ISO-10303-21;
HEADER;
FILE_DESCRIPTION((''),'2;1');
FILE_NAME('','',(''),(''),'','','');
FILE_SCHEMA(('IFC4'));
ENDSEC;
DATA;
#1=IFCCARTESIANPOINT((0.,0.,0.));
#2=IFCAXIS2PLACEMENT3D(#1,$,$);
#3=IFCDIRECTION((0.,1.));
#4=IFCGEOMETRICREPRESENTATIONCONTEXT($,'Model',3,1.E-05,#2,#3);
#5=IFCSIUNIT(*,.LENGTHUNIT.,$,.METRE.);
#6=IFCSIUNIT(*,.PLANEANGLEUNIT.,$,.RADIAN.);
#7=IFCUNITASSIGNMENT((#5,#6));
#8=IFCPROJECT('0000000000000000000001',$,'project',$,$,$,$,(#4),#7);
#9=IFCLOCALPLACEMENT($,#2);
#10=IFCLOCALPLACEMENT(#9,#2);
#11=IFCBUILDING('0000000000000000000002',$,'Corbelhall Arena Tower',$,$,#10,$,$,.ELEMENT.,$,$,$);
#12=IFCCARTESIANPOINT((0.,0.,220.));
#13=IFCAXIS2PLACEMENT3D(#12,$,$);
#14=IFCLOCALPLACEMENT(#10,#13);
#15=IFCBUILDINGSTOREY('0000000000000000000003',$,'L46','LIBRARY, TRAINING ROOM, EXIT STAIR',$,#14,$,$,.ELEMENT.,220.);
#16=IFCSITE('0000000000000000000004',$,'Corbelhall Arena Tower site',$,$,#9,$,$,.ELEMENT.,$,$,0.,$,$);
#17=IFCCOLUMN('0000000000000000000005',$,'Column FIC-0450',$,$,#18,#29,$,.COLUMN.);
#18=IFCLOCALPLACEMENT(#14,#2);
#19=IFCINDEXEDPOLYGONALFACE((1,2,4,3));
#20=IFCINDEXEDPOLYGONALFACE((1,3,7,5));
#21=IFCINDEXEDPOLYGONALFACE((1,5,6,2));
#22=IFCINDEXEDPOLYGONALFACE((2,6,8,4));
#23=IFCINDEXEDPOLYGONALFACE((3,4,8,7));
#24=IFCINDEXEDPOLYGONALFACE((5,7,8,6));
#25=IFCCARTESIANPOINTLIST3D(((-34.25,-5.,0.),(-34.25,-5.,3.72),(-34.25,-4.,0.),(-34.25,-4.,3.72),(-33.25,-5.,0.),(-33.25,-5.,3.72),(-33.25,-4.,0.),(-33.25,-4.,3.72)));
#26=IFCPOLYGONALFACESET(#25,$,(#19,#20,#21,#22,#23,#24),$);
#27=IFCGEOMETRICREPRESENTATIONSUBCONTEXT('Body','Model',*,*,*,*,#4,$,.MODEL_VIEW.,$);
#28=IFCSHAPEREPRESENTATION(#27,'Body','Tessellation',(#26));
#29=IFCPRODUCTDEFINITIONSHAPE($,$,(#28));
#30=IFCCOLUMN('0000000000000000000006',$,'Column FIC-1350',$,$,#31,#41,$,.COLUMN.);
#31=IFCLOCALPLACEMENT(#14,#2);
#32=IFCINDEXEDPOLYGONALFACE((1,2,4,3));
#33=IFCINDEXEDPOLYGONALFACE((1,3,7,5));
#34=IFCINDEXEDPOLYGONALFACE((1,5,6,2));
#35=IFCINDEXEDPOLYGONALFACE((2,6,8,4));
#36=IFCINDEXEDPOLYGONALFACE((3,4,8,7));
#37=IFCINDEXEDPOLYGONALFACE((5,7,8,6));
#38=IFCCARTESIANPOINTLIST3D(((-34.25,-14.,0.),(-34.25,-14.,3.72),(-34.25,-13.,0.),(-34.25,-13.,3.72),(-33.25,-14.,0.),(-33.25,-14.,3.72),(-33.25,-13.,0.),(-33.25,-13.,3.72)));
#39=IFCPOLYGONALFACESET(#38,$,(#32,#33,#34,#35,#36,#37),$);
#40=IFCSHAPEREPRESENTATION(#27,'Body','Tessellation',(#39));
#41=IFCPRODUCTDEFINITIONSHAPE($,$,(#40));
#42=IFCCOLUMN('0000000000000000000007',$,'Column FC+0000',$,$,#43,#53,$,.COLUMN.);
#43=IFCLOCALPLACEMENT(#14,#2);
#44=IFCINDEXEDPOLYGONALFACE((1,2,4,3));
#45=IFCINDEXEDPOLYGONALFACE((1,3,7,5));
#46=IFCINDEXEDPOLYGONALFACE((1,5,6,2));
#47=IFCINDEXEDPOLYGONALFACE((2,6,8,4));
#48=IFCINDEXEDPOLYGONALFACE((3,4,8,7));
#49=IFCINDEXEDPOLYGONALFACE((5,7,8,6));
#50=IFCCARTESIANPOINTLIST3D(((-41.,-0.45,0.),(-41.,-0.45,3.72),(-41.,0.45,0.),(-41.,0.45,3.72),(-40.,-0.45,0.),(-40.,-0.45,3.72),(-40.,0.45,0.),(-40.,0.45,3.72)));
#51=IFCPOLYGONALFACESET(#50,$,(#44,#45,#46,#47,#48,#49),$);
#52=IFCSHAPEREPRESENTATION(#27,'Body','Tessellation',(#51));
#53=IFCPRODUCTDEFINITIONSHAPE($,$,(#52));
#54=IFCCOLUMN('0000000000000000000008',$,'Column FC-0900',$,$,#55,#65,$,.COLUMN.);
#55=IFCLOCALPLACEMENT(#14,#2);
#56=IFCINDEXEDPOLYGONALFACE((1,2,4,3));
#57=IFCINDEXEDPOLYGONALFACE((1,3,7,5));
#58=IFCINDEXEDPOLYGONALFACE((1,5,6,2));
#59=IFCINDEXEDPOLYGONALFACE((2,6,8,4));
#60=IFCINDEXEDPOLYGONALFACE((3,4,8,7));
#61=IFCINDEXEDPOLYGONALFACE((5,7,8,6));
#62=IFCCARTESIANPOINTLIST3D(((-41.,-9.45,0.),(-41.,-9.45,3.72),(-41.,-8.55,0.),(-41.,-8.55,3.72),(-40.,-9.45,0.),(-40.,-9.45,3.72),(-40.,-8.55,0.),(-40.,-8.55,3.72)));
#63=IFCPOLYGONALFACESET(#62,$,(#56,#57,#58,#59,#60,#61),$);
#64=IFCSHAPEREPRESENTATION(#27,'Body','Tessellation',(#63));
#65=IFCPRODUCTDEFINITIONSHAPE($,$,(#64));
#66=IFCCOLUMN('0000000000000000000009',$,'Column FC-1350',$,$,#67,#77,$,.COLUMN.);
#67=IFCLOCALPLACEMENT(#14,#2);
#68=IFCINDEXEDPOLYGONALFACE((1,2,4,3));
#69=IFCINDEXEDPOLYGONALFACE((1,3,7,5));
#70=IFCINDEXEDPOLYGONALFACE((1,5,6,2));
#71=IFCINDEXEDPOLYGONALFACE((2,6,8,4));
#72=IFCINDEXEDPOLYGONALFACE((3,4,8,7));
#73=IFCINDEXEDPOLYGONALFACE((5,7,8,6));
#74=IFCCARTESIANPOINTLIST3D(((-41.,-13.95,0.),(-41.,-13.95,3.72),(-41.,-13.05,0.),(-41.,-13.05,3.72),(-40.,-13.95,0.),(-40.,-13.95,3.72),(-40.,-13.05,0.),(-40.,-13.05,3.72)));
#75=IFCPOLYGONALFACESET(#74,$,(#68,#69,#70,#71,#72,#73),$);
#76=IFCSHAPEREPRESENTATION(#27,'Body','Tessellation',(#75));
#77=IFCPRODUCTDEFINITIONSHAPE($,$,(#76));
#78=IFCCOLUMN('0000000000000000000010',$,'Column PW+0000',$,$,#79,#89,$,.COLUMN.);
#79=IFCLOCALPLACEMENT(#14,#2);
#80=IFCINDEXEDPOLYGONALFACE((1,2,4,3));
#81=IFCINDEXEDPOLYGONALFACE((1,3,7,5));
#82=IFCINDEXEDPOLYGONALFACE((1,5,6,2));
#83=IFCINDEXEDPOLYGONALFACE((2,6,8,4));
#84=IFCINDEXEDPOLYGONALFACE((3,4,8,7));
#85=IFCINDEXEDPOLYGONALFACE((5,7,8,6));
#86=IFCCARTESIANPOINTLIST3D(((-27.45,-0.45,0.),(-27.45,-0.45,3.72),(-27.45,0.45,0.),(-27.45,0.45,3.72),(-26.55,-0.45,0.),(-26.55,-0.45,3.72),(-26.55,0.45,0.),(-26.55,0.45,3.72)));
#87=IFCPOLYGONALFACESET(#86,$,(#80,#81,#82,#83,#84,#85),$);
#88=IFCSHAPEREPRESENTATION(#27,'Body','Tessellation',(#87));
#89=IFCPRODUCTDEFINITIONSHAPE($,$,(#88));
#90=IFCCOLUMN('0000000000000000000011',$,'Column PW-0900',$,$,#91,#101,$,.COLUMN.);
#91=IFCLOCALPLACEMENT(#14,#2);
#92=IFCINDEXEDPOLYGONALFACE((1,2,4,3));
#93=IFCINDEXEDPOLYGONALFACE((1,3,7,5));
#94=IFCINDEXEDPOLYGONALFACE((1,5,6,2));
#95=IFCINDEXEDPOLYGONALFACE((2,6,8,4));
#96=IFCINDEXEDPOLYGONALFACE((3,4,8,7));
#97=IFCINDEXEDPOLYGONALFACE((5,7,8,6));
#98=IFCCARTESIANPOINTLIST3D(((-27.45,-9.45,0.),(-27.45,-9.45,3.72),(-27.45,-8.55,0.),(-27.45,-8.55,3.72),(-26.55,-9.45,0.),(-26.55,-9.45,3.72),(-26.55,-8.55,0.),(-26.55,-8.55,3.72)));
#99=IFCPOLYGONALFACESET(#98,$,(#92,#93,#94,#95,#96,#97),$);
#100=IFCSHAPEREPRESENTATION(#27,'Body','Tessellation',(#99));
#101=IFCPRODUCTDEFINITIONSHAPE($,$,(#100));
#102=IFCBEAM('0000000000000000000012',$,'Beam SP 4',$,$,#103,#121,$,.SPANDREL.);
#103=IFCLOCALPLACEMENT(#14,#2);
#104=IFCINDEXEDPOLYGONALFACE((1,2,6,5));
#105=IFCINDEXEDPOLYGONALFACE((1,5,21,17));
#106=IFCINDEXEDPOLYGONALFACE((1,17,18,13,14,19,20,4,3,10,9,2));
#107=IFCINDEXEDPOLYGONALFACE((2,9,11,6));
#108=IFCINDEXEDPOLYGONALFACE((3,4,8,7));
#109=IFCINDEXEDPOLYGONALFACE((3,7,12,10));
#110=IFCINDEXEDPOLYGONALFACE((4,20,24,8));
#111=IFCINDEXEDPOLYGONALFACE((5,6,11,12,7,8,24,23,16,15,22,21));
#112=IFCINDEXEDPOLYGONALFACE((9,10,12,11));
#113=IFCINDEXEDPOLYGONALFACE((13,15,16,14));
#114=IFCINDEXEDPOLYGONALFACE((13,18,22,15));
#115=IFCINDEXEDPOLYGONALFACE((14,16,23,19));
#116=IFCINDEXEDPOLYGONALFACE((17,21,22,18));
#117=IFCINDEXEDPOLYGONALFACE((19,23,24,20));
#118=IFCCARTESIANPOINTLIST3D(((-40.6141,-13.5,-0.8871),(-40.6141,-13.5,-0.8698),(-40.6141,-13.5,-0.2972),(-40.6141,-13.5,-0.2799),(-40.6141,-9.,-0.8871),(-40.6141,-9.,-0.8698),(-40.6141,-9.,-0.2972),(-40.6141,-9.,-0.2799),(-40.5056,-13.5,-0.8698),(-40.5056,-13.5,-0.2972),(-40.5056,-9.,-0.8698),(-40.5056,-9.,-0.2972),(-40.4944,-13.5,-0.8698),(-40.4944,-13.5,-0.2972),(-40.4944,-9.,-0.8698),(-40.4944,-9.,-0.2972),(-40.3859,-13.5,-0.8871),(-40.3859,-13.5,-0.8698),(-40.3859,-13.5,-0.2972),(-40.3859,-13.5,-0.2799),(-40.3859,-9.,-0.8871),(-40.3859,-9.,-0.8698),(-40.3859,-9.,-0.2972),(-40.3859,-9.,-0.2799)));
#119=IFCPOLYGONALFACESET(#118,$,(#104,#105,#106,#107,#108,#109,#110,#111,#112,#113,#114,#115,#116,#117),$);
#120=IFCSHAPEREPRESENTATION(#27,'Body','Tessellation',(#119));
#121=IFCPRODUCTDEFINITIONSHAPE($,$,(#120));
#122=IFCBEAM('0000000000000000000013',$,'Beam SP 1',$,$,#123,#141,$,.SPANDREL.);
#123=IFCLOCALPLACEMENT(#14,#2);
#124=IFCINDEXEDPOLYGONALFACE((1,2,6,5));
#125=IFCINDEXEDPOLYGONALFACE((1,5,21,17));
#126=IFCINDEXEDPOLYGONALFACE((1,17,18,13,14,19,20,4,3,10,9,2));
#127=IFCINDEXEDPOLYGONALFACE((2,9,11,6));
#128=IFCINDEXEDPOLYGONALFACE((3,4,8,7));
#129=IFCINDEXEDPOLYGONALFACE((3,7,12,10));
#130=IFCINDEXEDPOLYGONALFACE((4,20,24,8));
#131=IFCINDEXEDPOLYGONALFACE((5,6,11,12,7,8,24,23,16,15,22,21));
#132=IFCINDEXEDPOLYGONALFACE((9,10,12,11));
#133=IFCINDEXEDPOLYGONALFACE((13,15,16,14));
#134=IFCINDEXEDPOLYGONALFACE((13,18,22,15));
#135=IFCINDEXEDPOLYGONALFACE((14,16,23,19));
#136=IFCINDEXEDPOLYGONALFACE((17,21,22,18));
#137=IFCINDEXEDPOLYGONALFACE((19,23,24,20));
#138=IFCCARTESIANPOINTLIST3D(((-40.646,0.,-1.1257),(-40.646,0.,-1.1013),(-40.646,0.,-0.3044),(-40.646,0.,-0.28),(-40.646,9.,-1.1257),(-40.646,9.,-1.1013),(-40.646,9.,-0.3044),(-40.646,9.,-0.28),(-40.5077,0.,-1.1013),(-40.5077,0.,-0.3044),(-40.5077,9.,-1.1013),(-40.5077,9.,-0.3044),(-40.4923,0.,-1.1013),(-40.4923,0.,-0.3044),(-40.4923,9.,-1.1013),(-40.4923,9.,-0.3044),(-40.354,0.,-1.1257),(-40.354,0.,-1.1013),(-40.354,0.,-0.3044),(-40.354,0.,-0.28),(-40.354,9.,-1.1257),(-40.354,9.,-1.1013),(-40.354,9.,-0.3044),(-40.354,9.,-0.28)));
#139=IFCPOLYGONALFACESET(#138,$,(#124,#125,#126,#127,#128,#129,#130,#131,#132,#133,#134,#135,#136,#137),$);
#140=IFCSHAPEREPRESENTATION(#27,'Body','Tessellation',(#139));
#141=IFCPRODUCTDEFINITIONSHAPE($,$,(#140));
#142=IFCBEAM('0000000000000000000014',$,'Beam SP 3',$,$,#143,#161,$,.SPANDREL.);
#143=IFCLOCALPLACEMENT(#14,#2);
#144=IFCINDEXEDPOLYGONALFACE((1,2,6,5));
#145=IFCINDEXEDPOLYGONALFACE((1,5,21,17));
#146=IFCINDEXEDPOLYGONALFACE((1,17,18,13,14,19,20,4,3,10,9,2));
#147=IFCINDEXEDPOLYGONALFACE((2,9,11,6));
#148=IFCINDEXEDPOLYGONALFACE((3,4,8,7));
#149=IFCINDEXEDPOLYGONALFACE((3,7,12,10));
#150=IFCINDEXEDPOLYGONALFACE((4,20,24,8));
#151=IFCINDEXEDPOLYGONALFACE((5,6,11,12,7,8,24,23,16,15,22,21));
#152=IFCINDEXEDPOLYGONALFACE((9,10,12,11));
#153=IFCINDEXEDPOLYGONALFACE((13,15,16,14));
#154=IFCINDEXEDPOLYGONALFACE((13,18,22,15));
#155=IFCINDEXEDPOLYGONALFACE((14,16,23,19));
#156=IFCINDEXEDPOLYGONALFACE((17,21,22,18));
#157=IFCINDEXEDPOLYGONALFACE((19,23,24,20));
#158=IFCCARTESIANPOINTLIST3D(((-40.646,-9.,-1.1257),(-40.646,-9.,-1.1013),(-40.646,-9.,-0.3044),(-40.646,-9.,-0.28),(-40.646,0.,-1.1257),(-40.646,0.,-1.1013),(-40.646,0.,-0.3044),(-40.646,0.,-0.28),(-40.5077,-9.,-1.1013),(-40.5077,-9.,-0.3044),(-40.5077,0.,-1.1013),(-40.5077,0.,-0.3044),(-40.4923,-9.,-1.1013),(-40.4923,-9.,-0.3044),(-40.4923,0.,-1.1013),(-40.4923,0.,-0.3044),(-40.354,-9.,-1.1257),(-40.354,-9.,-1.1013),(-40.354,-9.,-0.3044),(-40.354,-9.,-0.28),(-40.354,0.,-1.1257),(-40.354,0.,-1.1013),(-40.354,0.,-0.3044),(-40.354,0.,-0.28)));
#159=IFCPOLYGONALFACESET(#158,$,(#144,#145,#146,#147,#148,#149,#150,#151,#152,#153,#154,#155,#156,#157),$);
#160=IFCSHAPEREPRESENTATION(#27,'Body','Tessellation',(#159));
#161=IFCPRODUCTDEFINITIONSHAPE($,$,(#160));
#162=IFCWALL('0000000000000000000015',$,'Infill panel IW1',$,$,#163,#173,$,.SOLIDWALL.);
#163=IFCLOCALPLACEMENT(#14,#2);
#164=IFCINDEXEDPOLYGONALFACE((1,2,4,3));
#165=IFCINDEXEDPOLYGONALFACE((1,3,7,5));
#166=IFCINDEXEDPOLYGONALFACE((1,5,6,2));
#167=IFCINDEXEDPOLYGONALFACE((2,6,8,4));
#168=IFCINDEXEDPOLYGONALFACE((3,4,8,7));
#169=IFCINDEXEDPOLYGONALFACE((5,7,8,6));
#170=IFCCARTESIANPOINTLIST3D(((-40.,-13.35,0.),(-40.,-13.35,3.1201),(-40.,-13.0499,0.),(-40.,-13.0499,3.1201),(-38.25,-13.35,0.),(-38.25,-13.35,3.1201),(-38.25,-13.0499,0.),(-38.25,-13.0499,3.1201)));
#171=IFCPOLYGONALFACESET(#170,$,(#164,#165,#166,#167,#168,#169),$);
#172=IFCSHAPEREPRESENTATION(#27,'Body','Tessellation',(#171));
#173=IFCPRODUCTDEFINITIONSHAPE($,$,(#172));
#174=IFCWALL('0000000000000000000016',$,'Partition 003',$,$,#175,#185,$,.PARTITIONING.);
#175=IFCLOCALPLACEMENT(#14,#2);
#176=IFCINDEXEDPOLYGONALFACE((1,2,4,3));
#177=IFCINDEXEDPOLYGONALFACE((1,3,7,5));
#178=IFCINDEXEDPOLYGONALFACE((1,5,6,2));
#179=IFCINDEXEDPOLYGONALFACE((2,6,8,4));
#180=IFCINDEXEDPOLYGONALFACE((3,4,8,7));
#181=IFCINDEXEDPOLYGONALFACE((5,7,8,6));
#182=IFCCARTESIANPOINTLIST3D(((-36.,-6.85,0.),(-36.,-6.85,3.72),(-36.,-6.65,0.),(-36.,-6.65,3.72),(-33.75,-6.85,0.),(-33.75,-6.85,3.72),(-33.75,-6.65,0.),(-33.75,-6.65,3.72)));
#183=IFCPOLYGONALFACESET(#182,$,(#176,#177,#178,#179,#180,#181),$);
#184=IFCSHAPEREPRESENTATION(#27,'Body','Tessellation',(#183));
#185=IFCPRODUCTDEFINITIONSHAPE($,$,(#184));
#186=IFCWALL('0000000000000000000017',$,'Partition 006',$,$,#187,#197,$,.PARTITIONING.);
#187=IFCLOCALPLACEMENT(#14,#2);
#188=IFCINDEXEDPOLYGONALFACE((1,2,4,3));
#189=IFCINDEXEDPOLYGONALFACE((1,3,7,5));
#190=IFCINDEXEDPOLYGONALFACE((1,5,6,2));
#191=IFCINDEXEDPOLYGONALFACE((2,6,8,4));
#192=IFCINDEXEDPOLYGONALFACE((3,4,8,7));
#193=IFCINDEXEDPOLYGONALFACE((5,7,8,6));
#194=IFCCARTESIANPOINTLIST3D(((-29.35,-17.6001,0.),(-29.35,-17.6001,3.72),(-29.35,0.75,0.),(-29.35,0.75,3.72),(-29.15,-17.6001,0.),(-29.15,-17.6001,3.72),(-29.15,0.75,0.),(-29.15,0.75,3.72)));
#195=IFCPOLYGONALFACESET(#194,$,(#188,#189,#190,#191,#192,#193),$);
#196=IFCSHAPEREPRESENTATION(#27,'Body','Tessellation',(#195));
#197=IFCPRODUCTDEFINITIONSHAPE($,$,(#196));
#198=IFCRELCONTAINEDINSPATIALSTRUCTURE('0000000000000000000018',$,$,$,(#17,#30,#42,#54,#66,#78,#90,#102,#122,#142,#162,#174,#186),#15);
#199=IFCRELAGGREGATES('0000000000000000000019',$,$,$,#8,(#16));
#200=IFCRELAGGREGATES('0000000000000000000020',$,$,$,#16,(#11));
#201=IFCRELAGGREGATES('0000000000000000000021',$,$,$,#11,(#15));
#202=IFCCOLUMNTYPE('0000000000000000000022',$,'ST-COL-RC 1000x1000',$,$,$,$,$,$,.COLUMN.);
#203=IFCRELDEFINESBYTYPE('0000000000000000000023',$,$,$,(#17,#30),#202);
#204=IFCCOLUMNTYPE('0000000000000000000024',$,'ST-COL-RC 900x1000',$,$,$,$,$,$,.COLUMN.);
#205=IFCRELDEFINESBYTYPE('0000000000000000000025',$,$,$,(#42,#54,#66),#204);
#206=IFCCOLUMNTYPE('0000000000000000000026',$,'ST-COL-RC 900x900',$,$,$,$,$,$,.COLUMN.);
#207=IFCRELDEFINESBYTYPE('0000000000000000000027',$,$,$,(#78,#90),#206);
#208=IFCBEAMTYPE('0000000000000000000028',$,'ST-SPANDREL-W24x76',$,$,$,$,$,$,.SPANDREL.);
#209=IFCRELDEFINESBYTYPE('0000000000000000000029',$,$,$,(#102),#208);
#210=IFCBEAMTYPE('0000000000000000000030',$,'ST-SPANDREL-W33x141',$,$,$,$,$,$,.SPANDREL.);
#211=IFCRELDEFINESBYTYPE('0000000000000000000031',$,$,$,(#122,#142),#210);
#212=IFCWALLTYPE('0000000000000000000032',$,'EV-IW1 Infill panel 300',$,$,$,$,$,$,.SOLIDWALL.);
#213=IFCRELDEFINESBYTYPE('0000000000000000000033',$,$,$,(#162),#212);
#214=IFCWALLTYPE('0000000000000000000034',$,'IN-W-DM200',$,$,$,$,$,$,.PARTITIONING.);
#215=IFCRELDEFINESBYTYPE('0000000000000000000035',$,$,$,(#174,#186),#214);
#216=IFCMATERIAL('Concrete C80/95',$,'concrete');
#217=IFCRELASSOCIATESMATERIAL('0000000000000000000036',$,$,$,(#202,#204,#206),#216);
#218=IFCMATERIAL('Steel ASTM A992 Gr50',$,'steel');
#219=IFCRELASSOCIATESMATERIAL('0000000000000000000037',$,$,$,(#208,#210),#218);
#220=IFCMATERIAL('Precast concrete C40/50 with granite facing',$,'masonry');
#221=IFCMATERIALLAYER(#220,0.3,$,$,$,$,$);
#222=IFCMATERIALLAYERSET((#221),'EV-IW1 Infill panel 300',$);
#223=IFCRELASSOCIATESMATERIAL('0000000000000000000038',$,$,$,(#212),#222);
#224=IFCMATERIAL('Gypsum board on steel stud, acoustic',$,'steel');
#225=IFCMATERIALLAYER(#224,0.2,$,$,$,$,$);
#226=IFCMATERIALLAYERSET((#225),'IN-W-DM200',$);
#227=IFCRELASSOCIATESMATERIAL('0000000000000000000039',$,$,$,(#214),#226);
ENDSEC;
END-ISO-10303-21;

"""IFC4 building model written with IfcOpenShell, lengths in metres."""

from ifc_helpers import new_model, si_unit, direction, frame, frame_2d, origin, origin_2d, place, context, subcontext, project, spatial, rectangle, i_section, extrude, material, layer, layer_set, material_profile, profile_set, type_object, element, save


model = new_model("IFC4")

# Units and contexts
model_context = context("Model", 3, precision=1e-05, world=origin(), true_north=direction((0.0, 1.0)))
body_context = subcontext(model_context, "Body", "Model", "MODEL_VIEW")
ifc_project = project(units=[si_unit("LENGTHUNIT", "METRE"), si_unit("PLANEANGLEUNIT", "RADIAN")], contexts=[model_context])

# Site, building, storey
site_placement = place(None, origin())
site = spatial("IfcSite", under=ifc_project, at=site_placement, Name="Corbelhall Arena Tower site", CompositionType="ELEMENT", RefElevation=0.0)
building_placement = place(site_placement, origin())
building = spatial("IfcBuilding", under=site, at=building_placement, Name="Corbelhall Arena Tower", CompositionType="ELEMENT")
storey_placement = place(building_placement, frame((0.0, 0.0, 220.0)))
storey = spatial("IfcBuildingStorey", under=building, at=storey_placement, Name="L46", Description="LIBRARY, TRAINING ROOM, EXIT STAIR", CompositionType="ELEMENT", Elevation=220.0)

# Columns
ifc_material_1 = material(Name="Concrete C80/95", Category="concrete")
ifc_material_profile_1 = material_profile(ifc_material_1, rectangle(XDim=1.0, YDim=1.0, at=origin_2d()))
ifc_profile_set_1 = profile_set([ifc_material_profile_1], Name="Concrete C80/95")
column_type_1 = type_object("IfcColumnType", Name="ST-COL-RC 1000x1000", PredefinedType="COLUMN", material=ifc_profile_set_1)
for number, where, z_axis, x_axis, name in (
    (1, (-33.75, -4.5, 0.0), (0.0, 0.0, 1.0), (1.0, 0.0, 0.0), "Column FIC-0450"),
    (2, (-33.75, -13.5, 0.0), (0.0, 0.0, 1.0), (1.0, 0.0, 0.0), "Column FIC-1350"),
):
    element("IfcColumn", number, at=place(storey_placement, frame(where, z_axis=z_axis, x_axis=x_axis)), inside=storey, type_object=column_type_1, Name=name, PredefinedType="COLUMN", context=body_context, shape_type="SweptSolid", body=[
        extrude(rectangle(XDim=1.0, YDim=1.0, at=origin_2d()), origin(), (0.0, 0.0, 1.0), 3.72),
    ])
ifc_material_profile_2 = material_profile(ifc_material_1, rectangle(XDim=0.8999, YDim=1.0, at=origin_2d()))
ifc_profile_set_2 = profile_set([ifc_material_profile_2], Name="Concrete C80/95")
column_type_2 = type_object("IfcColumnType", Name="ST-COL-RC 900x1000", PredefinedType="COLUMN", material=ifc_profile_set_2)
for number, where, z_axis, x_axis, name in (
    (3, (-40.5, 0.0, 0.0), (0.0, 0.0, 1.0), (0.0, 1.0, 0.0), "Column FC+0000"),
    (4, (-40.5, -9.0, 0.0), (0.0, 0.0, 1.0), (0.0, 1.0, 0.0), "Column FC-0900"),
    (5, (-40.5, -13.5, 0.0), (0.0, 0.0, 1.0), (0.0, 1.0, 0.0), "Column FC-1350"),
):
    element("IfcColumn", number, at=place(storey_placement, frame(where, z_axis=z_axis, x_axis=x_axis)), inside=storey, type_object=column_type_2, Name=name, PredefinedType="COLUMN", context=body_context, shape_type="SweptSolid", body=[
        extrude(rectangle(XDim=0.8999, YDim=1.0, at=origin_2d()), origin(), (0.0, 0.0, 1.0), 3.72),
    ])
ifc_material_profile_3 = material_profile(ifc_material_1, rectangle(XDim=0.8999, YDim=0.8999, at=origin_2d()))
ifc_profile_set_3 = profile_set([ifc_material_profile_3], Name="Concrete C80/95")
column_type_3 = type_object("IfcColumnType", Name="ST-COL-RC 900x900", PredefinedType="COLUMN", material=ifc_profile_set_3)
for number, where, z_axis, x_axis, name in (
    (6, (-27.0, 0.0, 0.0), (0.0, 0.0, 1.0), (1.0, 0.0, 0.0), "Column PW+0000"),
    (7, (-27.0, -9.0, 0.0), (0.0, 0.0, 1.0), (1.0, 0.0, 0.0), "Column PW-0900"),
):
    element("IfcColumn", number, at=place(storey_placement, frame(where, z_axis=z_axis, x_axis=x_axis)), inside=storey, type_object=column_type_3, Name=name, PredefinedType="COLUMN", context=body_context, shape_type="SweptSolid", body=[
        extrude(rectangle(XDim=0.8999, YDim=0.8999, at=origin_2d()), origin(), (0.0, 0.0, 1.0), 3.72),
    ])

# Beams
ifc_material_2 = material(Name="Steel ASTM A992 Gr50", Category="steel")
ifc_material_profile_4 = material_profile(ifc_material_2, i_section(OverallWidth=0.2283, OverallDepth=0.6072, WebThickness=0.0112, FlangeThickness=0.0173, at=origin_2d()))
ifc_profile_set_4 = profile_set([ifc_material_profile_4], Name="Steel ASTM A992 Gr50")
beam_type_1 = type_object("IfcBeamType", Name="ST-SPANDREL-W24x76", PredefinedType="SPANDREL", material=ifc_profile_set_4)
beam_placement = place(storey_placement, frame((-40.5, -13.5, -0.5835), z_axis=(0.0, 1.0, 0.0), x_axis=(-1.0, 0.0, 0.0)))
element("IfcBeam", 8, at=beam_placement, inside=storey, type_object=beam_type_1, Name="Beam SP 4", PredefinedType="SPANDREL", context=body_context, shape_type="SweptSolid", body=[
    extrude(i_section(OverallWidth=0.2283, OverallDepth=0.6072, WebThickness=0.0112, FlangeThickness=0.0173, at=origin_2d()), origin(), (0.0, 0.0, 1.0), 4.5),
])
ifc_material_profile_5 = material_profile(ifc_material_2, i_section(OverallWidth=0.292, OverallDepth=0.8457, WebThickness=0.0154, FlangeThickness=0.0244, at=origin_2d()))
ifc_profile_set_5 = profile_set([ifc_material_profile_5], Name="Steel ASTM A992 Gr50")
beam_type_2 = type_object("IfcBeamType", Name="ST-SPANDREL-W33x141", PredefinedType="SPANDREL", material=ifc_profile_set_5)
for number, where, z_axis, x_axis, name in (
    (9, (-40.5, 0.0, -0.7029), (0.0, 1.0, 0.0), (-1.0, 0.0, 0.0), "Beam SP 1"),
    (10, (-40.5, -9.0, -0.7029), (0.0, 1.0, 0.0), (-1.0, 0.0, 0.0), "Beam SP 3"),
):
    element("IfcBeam", number, at=place(storey_placement, frame(where, z_axis=z_axis, x_axis=x_axis)), inside=storey, type_object=beam_type_2, Name=name, PredefinedType="SPANDREL", context=body_context, shape_type="SweptSolid", body=[
        extrude(i_section(OverallWidth=0.292, OverallDepth=0.8457, WebThickness=0.0154, FlangeThickness=0.0244, at=origin_2d()), origin(), (0.0, 0.0, 1.0), 9.0),
    ])

# Wall
ifc_material_3 = material(Name="Precast concrete C40/50 with granite facing", Category="masonry")
ifc_layer_1 = layer(ifc_material_3, 0.3)
ifc_layer_set_1 = layer_set([ifc_layer_1], Name="EV-IW1 Infill panel 300")
wall_type_1 = type_object("IfcWallType", Name="EV-IW1 Infill panel 300", PredefinedType="SOLIDWALL", material=ifc_layer_set_1)
wall_1_placement = place(storey_placement, frame((-40.0, -13.2, 0.0), z_axis=(0.0, 0.0, 1.0), x_axis=(1.0, 0.0, 0.0)))
element("IfcWall", 11, at=wall_1_placement, inside=storey, type_object=wall_type_1, Name="Infill panel IW1", PredefinedType="SOLIDWALL", context=body_context, shape_type="SweptSolid", body=[
    extrude(rectangle(XDim=1.75, YDim=0.3, at=frame_2d((0.875, 0.0))), origin(), (0.0, 0.0, 1.0), 3.1201),
])

# Wall
ifc_material_4 = material(Name="Gypsum board on steel stud, acoustic", Category="steel")
ifc_layer_2 = layer(ifc_material_4, 0.2)
ifc_layer_set_2 = layer_set([ifc_layer_2], Name="IN-W-DM200")
wall_type_2 = type_object("IfcWallType", Name="IN-W-DM200", PredefinedType="PARTITIONING", material=ifc_layer_set_2)
wall_2_placement = place(storey_placement, frame((-33.75, -6.75, 0.0), z_axis=(0.0, 0.0, 1.0), x_axis=(-1.0, 0.0, 0.0)))
element("IfcWall", 12, at=wall_2_placement, inside=storey, type_object=wall_type_2, Name="Partition 003", PredefinedType="PARTITIONING", context=body_context, shape_type="SweptSolid", body=[
    extrude(rectangle(XDim=2.25, YDim=0.2, at=frame_2d((1.125, 0.0))), origin(), (0.0, 0.0, 1.0), 3.72),
])

# Wall
wall_3_placement = place(storey_placement, frame((-29.25, 0.75, 0.0), z_axis=(0.0, 0.0, 1.0), x_axis=(0.0, -1.0, 0.0)))
element("IfcWall", 13, at=wall_3_placement, inside=storey, type_object=wall_type_2, Name="Partition 006", PredefinedType="PARTITIONING", context=body_context, shape_type="SweptSolid", body=[
    extrude(rectangle(XDim=18.3501, YDim=0.2, at=frame_2d((9.175, 0.0))), origin(), (0.0, 0.0, 1.0), 3.72),
])

save(model, "model.ifc")
